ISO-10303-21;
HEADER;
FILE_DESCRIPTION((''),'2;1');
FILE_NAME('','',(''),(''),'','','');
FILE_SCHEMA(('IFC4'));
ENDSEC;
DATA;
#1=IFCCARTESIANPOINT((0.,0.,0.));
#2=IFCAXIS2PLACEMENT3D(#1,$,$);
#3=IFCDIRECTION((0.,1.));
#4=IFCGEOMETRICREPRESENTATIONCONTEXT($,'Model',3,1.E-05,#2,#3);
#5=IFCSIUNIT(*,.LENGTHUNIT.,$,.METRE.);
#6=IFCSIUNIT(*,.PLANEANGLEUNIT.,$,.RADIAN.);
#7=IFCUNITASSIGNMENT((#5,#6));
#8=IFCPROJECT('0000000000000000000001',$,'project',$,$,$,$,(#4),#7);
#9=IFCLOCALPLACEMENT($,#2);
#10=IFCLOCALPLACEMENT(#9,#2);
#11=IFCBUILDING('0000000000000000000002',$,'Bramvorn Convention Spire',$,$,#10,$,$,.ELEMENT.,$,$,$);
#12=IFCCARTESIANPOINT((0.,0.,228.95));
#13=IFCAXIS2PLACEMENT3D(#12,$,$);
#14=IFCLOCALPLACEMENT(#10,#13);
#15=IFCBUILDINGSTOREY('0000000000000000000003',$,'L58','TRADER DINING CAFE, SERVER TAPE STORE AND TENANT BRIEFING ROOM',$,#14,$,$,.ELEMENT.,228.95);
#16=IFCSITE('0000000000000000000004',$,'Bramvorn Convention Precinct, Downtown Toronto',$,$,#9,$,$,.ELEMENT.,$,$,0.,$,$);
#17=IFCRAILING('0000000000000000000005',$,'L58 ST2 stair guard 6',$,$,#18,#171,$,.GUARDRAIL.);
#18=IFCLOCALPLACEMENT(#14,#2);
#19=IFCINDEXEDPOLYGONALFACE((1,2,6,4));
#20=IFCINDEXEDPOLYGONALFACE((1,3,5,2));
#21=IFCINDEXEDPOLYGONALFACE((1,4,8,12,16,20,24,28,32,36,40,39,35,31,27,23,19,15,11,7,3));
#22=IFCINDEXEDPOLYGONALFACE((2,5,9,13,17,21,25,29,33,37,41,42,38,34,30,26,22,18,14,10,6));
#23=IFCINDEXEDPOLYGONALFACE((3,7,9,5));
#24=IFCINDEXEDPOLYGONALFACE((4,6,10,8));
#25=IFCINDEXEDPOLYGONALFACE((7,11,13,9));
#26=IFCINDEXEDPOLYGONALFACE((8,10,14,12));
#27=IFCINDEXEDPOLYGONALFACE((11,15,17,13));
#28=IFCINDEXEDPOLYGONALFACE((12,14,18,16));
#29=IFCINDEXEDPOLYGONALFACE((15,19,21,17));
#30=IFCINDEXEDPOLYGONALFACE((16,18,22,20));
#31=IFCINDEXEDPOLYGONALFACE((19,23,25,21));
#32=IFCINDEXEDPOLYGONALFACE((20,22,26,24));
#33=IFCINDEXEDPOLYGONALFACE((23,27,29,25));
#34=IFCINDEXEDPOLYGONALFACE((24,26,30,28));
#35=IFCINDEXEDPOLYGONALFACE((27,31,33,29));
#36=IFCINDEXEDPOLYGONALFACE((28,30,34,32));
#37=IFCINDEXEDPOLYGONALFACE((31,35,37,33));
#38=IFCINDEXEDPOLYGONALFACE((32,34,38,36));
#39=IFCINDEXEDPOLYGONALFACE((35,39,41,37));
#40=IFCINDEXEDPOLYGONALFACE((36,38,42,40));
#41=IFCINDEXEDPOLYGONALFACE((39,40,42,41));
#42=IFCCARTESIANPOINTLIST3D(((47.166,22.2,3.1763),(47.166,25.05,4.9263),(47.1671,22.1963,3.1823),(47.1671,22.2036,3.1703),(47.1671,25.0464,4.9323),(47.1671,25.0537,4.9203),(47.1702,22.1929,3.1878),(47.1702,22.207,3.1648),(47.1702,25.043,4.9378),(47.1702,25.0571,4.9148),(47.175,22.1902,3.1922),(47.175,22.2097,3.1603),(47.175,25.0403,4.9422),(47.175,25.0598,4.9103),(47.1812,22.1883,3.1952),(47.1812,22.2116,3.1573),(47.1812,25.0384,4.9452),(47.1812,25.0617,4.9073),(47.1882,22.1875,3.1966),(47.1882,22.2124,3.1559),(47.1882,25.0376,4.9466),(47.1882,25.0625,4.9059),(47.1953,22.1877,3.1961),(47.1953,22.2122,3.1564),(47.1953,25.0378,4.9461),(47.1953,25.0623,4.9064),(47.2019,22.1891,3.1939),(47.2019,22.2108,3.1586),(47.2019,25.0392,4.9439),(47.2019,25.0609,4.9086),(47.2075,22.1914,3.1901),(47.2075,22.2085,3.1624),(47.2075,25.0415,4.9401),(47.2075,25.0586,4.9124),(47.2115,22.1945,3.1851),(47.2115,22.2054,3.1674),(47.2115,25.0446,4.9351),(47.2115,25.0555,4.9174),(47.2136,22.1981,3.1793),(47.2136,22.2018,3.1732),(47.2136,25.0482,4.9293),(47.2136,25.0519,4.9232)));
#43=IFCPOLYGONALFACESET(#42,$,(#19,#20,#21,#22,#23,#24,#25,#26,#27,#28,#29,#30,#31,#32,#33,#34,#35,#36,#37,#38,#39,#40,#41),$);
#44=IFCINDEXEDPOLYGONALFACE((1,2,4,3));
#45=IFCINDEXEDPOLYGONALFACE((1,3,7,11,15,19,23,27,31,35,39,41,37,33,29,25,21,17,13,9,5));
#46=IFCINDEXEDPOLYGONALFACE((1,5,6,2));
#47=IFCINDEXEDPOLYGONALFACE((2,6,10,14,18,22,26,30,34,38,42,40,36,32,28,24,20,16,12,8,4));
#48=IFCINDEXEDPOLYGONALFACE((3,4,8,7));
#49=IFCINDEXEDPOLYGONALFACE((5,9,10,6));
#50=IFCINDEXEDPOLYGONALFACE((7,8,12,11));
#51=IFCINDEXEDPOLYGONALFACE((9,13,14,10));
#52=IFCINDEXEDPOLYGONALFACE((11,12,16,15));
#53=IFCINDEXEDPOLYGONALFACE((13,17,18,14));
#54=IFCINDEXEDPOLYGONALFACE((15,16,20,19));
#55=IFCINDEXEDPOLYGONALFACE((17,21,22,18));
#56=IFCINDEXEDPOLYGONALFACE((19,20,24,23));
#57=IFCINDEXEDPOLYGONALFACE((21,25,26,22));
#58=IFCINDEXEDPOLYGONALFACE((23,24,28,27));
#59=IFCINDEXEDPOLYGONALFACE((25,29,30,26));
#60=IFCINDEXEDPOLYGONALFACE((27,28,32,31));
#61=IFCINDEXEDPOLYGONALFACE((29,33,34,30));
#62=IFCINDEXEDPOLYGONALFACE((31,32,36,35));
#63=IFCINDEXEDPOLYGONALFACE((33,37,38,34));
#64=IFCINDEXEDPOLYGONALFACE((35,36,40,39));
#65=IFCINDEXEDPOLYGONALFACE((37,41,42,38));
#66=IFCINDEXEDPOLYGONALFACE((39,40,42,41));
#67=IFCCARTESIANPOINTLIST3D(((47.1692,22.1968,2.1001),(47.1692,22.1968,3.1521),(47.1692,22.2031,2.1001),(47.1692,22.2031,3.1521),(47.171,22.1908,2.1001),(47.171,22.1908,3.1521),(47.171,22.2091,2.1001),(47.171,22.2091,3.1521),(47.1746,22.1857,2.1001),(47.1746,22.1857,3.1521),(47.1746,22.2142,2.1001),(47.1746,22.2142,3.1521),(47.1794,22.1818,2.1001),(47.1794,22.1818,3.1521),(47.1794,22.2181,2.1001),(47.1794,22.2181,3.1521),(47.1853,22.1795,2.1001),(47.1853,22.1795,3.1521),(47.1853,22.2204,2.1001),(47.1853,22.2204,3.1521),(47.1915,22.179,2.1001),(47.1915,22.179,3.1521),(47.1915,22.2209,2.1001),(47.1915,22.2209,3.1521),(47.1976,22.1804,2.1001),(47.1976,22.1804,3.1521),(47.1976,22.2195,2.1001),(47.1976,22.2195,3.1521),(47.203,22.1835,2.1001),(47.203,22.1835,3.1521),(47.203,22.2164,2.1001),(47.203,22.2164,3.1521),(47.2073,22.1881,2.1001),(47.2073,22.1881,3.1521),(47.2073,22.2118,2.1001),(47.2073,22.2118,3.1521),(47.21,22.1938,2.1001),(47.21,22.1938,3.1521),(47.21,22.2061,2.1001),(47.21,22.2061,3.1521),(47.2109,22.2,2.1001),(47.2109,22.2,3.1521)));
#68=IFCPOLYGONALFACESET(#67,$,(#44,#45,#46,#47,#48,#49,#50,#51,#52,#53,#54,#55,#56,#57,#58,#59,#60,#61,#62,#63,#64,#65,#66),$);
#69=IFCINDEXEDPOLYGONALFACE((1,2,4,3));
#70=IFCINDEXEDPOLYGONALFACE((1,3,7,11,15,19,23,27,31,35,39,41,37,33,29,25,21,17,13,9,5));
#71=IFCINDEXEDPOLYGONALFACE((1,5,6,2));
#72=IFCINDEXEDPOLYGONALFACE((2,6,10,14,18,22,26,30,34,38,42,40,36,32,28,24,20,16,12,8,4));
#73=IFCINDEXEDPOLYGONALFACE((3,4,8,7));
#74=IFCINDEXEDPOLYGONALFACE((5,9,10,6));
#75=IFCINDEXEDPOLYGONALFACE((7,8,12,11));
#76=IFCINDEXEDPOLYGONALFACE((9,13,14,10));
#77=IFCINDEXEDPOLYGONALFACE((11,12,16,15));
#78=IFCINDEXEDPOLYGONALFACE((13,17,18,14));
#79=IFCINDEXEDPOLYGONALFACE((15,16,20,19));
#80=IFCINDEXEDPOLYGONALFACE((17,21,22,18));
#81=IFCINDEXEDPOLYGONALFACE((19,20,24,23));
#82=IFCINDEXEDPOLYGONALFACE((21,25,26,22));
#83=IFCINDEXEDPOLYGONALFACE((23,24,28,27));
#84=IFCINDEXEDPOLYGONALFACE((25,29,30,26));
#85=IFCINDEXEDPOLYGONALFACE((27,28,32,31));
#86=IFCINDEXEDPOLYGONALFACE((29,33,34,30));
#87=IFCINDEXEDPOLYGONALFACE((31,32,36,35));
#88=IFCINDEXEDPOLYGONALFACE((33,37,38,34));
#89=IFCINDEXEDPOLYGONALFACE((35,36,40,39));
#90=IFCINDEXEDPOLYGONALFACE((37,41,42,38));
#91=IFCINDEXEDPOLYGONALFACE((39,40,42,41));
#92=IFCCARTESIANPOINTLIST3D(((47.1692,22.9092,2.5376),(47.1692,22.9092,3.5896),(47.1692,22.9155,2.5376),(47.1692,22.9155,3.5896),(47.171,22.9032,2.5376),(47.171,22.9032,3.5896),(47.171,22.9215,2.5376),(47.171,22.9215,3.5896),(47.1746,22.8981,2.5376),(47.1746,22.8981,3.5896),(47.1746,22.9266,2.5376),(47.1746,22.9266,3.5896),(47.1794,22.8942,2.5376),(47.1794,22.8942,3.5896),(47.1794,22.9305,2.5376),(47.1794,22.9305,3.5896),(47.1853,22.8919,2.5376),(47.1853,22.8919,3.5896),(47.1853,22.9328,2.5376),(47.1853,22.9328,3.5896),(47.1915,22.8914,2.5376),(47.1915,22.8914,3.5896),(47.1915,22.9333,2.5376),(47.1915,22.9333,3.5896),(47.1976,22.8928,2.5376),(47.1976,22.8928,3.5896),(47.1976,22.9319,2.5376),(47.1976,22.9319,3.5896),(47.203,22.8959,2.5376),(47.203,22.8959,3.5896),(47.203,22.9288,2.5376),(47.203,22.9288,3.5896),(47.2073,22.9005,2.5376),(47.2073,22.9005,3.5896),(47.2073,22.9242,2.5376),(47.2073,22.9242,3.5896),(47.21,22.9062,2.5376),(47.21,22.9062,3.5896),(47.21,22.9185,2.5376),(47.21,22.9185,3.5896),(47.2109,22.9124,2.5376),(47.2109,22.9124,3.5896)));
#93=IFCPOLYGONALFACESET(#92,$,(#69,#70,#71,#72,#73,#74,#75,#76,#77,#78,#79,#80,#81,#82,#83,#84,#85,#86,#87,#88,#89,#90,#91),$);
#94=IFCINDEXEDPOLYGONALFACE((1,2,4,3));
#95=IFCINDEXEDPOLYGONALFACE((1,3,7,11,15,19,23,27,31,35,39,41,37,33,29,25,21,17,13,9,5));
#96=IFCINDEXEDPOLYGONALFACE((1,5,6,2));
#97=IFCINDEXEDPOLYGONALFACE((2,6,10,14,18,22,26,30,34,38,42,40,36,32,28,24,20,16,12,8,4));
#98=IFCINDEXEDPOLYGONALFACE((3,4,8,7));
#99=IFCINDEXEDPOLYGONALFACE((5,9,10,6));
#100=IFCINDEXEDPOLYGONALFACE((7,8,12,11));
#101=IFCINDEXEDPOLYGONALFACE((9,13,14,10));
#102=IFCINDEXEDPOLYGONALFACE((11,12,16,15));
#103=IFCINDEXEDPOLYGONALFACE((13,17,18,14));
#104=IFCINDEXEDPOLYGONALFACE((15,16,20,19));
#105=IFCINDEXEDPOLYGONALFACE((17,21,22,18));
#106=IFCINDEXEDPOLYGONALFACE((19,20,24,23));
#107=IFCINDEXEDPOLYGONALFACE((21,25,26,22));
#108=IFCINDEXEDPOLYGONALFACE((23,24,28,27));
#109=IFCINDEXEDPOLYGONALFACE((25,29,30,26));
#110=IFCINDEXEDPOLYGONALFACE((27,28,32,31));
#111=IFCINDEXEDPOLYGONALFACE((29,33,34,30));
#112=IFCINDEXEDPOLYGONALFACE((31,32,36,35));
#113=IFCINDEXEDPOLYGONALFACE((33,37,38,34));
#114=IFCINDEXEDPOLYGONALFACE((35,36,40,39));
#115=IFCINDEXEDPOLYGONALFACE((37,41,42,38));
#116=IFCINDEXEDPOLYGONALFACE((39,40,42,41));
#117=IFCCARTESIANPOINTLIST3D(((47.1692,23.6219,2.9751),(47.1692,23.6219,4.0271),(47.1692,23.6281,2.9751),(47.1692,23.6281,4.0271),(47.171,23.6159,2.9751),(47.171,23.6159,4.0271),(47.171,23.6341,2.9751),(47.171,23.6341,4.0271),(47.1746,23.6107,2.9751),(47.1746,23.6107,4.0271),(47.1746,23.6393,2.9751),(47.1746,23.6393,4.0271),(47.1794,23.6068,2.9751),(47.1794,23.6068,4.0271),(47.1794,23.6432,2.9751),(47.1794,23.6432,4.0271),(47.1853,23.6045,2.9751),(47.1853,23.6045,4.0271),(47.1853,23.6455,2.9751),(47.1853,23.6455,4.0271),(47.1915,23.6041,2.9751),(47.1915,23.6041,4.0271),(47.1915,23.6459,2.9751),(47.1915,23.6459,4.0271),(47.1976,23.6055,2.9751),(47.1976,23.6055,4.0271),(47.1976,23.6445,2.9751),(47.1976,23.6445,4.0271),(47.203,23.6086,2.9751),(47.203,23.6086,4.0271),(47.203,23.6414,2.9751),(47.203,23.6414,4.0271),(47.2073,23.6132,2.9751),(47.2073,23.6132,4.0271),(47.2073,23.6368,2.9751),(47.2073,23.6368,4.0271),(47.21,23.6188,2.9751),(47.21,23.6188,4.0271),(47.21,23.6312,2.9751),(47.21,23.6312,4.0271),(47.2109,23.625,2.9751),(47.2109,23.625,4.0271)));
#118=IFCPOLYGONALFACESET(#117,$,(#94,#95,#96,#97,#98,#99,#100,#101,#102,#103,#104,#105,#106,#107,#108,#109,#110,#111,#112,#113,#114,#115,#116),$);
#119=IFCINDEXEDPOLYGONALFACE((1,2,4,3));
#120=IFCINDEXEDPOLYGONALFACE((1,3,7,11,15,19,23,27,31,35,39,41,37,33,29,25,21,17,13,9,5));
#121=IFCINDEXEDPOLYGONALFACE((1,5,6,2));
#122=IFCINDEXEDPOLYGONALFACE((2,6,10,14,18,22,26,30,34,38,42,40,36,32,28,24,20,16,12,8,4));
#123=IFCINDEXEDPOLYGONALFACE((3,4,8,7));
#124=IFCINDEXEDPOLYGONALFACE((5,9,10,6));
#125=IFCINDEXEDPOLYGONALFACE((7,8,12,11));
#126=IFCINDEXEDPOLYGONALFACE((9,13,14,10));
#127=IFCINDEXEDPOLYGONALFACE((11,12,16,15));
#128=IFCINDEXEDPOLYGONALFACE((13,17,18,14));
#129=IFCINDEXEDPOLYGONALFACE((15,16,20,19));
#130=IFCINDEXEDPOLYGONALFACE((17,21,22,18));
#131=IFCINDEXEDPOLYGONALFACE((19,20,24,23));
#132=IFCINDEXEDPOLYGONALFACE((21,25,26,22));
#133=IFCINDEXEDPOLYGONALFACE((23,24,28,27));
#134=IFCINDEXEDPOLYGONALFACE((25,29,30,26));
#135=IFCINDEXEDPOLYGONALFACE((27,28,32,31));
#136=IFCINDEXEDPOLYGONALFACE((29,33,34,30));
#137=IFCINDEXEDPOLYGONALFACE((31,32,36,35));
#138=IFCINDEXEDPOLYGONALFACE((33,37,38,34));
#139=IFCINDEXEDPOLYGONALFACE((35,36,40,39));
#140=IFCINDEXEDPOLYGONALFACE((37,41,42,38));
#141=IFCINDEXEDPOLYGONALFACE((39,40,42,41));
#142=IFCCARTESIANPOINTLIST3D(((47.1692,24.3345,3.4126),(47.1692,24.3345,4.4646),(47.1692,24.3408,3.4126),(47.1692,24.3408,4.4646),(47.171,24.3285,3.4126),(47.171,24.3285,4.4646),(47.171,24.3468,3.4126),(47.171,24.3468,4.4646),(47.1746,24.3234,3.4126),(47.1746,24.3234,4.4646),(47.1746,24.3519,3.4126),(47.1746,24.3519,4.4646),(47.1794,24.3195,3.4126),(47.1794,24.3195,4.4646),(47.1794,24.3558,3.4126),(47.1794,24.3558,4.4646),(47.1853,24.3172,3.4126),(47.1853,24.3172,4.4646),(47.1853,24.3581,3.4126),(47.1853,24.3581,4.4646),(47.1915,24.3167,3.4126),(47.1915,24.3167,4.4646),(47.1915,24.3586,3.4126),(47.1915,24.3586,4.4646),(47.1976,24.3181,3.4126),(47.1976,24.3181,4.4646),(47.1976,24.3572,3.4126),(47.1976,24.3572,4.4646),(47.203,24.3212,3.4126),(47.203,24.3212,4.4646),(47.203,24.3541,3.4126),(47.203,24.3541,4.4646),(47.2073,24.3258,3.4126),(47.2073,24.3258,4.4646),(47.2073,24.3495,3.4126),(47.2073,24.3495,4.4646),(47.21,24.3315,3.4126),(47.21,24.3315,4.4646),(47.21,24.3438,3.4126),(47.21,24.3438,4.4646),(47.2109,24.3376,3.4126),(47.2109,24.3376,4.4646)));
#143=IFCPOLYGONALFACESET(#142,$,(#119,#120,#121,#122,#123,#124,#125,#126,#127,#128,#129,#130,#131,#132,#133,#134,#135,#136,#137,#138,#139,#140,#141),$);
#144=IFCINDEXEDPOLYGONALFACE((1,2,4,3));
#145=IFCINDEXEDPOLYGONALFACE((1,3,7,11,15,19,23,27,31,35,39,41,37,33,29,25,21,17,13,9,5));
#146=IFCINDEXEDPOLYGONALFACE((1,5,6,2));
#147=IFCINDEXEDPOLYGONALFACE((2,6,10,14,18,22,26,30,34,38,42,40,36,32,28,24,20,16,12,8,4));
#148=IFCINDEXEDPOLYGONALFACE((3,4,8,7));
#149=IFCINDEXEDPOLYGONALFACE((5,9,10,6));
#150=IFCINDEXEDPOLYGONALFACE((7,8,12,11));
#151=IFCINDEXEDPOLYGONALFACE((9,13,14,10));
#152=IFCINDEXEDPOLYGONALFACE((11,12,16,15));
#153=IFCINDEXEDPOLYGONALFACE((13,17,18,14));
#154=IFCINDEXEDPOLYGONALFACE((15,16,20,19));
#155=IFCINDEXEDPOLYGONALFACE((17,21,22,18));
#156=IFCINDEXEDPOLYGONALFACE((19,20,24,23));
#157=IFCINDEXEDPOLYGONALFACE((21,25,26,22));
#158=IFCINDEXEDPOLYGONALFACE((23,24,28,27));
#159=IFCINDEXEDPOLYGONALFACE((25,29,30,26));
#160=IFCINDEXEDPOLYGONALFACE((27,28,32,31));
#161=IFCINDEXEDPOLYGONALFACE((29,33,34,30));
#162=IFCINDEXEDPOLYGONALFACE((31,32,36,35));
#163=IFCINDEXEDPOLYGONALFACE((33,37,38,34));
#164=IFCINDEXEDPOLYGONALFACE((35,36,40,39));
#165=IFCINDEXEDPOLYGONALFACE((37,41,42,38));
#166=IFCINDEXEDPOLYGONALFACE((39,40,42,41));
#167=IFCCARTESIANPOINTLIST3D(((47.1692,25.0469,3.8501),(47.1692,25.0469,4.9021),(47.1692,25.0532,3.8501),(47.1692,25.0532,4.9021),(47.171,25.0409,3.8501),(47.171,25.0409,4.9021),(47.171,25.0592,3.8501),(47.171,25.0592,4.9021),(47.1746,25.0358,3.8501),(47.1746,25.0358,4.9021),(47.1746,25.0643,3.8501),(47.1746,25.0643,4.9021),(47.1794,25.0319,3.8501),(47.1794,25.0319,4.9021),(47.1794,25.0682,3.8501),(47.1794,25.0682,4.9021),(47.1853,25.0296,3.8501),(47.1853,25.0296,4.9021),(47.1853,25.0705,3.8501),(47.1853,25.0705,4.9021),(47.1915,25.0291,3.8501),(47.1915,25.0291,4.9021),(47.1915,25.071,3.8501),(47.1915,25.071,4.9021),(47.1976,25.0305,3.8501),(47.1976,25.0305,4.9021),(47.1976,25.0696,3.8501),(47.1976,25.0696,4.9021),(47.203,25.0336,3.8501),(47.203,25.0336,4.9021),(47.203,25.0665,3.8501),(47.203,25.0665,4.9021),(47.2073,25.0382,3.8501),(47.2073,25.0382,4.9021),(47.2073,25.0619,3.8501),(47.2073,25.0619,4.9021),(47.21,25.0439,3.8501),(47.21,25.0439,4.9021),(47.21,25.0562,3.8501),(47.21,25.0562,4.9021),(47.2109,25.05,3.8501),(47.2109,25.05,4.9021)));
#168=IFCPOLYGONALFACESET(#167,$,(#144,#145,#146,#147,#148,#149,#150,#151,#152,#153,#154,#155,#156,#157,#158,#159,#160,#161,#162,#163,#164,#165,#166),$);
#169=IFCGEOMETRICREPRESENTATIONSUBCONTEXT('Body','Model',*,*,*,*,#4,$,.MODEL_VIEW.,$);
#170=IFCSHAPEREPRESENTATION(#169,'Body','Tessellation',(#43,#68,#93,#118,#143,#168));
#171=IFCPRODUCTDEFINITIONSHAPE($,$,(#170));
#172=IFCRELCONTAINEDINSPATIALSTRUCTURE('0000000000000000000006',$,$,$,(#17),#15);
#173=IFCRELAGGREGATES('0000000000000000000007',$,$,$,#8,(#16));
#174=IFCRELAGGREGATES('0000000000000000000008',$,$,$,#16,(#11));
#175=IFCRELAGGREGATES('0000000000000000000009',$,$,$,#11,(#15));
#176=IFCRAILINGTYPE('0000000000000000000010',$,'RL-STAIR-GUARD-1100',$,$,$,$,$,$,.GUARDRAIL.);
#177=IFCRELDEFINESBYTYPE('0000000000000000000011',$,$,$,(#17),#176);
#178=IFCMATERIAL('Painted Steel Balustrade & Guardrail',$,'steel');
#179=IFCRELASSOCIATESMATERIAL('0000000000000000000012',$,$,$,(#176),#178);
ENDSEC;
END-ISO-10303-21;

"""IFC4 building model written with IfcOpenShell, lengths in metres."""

from ifc_helpers import new_model, si_unit, direction, frame, origin, origin_2d, place, context, subcontext, project, spatial, circle, extrude, material, type_object, element, save


model = new_model("IFC4")

# Units and contexts
model_context = context("Model", 3, precision=1e-05, world=origin(), true_north=direction((0.0, 1.0)))
body_context = subcontext(model_context, "Body", "Model", "MODEL_VIEW")
ifc_project = project(units=[si_unit("LENGTHUNIT", "METRE"), si_unit("PLANEANGLEUNIT", "RADIAN")], contexts=[model_context])

# Site, building, storey
site_placement = place(None, origin())
site = spatial("IfcSite", under=ifc_project, at=site_placement, Name="Bramvorn Convention Precinct, Downtown Toronto", CompositionType="ELEMENT", RefElevation=0.0)
building_placement = place(site_placement, origin())
building = spatial("IfcBuilding", under=site, at=building_placement, Name="Bramvorn Convention Spire", CompositionType="ELEMENT")
storey_placement = place(building_placement, frame((0.0, 0.0, 228.95)))
storey = spatial("IfcBuildingStorey", under=building, at=storey_placement, Name="L58", Description="TRADER DINING CAFE, SERVER TAPE STORE AND TENANT BRIEFING ROOM", CompositionType="ELEMENT", Elevation=228.95)

# Railing
ifc_material_1 = material(Name="Painted Steel Balustrade & Guardrail", Category="steel")
railing_type = type_object("IfcRailingType", Name="RL-STAIR-GUARD-1100", PredefinedType="GUARDRAIL", material=ifc_material_1)
railing_1_placement = place(storey_placement, frame((47.1899, 22.2, 2.1001)))
element("IfcRailing", 1, at=railing_1_placement, inside=storey, type_object=railing_type, Name="L58 ST2 stair guard 6", PredefinedType="GUARDRAIL", context=body_context, shape_type="SweptSolid", body=[
    extrude(circle(Radius=0.0239, at=origin_2d()), frame((0.0, 0.0, 1.0762), z_axis=(0.0, 0.852179, 0.52325), x_axis=(-1.0, 0.0, 0.0)), (0.0, 0.0, 1.0), 3.3445),
    extrude(circle(Radius=0.021, at=origin_2d()), origin(), (0.0, 0.0, 1.0), 1.052),
    extrude(circle(Radius=0.021, at=origin_2d()), frame((0.0, 0.7124, 0.4375)), (0.0, 0.0, 1.0), 1.052),
    extrude(circle(Radius=0.021, at=origin_2d()), frame((0.0, 1.425, 0.875)), (0.0, 0.0, 1.0), 1.052),
    extrude(circle(Radius=0.021, at=origin_2d()), frame((0.0, 2.1377, 1.3125)), (0.0, 0.0, 1.0), 1.052),
    extrude(circle(Radius=0.021, at=origin_2d()), frame((0.0, 2.8501, 1.75)), (0.0, 0.0, 1.0), 1.052),
])

save(model, "model.ifc")
